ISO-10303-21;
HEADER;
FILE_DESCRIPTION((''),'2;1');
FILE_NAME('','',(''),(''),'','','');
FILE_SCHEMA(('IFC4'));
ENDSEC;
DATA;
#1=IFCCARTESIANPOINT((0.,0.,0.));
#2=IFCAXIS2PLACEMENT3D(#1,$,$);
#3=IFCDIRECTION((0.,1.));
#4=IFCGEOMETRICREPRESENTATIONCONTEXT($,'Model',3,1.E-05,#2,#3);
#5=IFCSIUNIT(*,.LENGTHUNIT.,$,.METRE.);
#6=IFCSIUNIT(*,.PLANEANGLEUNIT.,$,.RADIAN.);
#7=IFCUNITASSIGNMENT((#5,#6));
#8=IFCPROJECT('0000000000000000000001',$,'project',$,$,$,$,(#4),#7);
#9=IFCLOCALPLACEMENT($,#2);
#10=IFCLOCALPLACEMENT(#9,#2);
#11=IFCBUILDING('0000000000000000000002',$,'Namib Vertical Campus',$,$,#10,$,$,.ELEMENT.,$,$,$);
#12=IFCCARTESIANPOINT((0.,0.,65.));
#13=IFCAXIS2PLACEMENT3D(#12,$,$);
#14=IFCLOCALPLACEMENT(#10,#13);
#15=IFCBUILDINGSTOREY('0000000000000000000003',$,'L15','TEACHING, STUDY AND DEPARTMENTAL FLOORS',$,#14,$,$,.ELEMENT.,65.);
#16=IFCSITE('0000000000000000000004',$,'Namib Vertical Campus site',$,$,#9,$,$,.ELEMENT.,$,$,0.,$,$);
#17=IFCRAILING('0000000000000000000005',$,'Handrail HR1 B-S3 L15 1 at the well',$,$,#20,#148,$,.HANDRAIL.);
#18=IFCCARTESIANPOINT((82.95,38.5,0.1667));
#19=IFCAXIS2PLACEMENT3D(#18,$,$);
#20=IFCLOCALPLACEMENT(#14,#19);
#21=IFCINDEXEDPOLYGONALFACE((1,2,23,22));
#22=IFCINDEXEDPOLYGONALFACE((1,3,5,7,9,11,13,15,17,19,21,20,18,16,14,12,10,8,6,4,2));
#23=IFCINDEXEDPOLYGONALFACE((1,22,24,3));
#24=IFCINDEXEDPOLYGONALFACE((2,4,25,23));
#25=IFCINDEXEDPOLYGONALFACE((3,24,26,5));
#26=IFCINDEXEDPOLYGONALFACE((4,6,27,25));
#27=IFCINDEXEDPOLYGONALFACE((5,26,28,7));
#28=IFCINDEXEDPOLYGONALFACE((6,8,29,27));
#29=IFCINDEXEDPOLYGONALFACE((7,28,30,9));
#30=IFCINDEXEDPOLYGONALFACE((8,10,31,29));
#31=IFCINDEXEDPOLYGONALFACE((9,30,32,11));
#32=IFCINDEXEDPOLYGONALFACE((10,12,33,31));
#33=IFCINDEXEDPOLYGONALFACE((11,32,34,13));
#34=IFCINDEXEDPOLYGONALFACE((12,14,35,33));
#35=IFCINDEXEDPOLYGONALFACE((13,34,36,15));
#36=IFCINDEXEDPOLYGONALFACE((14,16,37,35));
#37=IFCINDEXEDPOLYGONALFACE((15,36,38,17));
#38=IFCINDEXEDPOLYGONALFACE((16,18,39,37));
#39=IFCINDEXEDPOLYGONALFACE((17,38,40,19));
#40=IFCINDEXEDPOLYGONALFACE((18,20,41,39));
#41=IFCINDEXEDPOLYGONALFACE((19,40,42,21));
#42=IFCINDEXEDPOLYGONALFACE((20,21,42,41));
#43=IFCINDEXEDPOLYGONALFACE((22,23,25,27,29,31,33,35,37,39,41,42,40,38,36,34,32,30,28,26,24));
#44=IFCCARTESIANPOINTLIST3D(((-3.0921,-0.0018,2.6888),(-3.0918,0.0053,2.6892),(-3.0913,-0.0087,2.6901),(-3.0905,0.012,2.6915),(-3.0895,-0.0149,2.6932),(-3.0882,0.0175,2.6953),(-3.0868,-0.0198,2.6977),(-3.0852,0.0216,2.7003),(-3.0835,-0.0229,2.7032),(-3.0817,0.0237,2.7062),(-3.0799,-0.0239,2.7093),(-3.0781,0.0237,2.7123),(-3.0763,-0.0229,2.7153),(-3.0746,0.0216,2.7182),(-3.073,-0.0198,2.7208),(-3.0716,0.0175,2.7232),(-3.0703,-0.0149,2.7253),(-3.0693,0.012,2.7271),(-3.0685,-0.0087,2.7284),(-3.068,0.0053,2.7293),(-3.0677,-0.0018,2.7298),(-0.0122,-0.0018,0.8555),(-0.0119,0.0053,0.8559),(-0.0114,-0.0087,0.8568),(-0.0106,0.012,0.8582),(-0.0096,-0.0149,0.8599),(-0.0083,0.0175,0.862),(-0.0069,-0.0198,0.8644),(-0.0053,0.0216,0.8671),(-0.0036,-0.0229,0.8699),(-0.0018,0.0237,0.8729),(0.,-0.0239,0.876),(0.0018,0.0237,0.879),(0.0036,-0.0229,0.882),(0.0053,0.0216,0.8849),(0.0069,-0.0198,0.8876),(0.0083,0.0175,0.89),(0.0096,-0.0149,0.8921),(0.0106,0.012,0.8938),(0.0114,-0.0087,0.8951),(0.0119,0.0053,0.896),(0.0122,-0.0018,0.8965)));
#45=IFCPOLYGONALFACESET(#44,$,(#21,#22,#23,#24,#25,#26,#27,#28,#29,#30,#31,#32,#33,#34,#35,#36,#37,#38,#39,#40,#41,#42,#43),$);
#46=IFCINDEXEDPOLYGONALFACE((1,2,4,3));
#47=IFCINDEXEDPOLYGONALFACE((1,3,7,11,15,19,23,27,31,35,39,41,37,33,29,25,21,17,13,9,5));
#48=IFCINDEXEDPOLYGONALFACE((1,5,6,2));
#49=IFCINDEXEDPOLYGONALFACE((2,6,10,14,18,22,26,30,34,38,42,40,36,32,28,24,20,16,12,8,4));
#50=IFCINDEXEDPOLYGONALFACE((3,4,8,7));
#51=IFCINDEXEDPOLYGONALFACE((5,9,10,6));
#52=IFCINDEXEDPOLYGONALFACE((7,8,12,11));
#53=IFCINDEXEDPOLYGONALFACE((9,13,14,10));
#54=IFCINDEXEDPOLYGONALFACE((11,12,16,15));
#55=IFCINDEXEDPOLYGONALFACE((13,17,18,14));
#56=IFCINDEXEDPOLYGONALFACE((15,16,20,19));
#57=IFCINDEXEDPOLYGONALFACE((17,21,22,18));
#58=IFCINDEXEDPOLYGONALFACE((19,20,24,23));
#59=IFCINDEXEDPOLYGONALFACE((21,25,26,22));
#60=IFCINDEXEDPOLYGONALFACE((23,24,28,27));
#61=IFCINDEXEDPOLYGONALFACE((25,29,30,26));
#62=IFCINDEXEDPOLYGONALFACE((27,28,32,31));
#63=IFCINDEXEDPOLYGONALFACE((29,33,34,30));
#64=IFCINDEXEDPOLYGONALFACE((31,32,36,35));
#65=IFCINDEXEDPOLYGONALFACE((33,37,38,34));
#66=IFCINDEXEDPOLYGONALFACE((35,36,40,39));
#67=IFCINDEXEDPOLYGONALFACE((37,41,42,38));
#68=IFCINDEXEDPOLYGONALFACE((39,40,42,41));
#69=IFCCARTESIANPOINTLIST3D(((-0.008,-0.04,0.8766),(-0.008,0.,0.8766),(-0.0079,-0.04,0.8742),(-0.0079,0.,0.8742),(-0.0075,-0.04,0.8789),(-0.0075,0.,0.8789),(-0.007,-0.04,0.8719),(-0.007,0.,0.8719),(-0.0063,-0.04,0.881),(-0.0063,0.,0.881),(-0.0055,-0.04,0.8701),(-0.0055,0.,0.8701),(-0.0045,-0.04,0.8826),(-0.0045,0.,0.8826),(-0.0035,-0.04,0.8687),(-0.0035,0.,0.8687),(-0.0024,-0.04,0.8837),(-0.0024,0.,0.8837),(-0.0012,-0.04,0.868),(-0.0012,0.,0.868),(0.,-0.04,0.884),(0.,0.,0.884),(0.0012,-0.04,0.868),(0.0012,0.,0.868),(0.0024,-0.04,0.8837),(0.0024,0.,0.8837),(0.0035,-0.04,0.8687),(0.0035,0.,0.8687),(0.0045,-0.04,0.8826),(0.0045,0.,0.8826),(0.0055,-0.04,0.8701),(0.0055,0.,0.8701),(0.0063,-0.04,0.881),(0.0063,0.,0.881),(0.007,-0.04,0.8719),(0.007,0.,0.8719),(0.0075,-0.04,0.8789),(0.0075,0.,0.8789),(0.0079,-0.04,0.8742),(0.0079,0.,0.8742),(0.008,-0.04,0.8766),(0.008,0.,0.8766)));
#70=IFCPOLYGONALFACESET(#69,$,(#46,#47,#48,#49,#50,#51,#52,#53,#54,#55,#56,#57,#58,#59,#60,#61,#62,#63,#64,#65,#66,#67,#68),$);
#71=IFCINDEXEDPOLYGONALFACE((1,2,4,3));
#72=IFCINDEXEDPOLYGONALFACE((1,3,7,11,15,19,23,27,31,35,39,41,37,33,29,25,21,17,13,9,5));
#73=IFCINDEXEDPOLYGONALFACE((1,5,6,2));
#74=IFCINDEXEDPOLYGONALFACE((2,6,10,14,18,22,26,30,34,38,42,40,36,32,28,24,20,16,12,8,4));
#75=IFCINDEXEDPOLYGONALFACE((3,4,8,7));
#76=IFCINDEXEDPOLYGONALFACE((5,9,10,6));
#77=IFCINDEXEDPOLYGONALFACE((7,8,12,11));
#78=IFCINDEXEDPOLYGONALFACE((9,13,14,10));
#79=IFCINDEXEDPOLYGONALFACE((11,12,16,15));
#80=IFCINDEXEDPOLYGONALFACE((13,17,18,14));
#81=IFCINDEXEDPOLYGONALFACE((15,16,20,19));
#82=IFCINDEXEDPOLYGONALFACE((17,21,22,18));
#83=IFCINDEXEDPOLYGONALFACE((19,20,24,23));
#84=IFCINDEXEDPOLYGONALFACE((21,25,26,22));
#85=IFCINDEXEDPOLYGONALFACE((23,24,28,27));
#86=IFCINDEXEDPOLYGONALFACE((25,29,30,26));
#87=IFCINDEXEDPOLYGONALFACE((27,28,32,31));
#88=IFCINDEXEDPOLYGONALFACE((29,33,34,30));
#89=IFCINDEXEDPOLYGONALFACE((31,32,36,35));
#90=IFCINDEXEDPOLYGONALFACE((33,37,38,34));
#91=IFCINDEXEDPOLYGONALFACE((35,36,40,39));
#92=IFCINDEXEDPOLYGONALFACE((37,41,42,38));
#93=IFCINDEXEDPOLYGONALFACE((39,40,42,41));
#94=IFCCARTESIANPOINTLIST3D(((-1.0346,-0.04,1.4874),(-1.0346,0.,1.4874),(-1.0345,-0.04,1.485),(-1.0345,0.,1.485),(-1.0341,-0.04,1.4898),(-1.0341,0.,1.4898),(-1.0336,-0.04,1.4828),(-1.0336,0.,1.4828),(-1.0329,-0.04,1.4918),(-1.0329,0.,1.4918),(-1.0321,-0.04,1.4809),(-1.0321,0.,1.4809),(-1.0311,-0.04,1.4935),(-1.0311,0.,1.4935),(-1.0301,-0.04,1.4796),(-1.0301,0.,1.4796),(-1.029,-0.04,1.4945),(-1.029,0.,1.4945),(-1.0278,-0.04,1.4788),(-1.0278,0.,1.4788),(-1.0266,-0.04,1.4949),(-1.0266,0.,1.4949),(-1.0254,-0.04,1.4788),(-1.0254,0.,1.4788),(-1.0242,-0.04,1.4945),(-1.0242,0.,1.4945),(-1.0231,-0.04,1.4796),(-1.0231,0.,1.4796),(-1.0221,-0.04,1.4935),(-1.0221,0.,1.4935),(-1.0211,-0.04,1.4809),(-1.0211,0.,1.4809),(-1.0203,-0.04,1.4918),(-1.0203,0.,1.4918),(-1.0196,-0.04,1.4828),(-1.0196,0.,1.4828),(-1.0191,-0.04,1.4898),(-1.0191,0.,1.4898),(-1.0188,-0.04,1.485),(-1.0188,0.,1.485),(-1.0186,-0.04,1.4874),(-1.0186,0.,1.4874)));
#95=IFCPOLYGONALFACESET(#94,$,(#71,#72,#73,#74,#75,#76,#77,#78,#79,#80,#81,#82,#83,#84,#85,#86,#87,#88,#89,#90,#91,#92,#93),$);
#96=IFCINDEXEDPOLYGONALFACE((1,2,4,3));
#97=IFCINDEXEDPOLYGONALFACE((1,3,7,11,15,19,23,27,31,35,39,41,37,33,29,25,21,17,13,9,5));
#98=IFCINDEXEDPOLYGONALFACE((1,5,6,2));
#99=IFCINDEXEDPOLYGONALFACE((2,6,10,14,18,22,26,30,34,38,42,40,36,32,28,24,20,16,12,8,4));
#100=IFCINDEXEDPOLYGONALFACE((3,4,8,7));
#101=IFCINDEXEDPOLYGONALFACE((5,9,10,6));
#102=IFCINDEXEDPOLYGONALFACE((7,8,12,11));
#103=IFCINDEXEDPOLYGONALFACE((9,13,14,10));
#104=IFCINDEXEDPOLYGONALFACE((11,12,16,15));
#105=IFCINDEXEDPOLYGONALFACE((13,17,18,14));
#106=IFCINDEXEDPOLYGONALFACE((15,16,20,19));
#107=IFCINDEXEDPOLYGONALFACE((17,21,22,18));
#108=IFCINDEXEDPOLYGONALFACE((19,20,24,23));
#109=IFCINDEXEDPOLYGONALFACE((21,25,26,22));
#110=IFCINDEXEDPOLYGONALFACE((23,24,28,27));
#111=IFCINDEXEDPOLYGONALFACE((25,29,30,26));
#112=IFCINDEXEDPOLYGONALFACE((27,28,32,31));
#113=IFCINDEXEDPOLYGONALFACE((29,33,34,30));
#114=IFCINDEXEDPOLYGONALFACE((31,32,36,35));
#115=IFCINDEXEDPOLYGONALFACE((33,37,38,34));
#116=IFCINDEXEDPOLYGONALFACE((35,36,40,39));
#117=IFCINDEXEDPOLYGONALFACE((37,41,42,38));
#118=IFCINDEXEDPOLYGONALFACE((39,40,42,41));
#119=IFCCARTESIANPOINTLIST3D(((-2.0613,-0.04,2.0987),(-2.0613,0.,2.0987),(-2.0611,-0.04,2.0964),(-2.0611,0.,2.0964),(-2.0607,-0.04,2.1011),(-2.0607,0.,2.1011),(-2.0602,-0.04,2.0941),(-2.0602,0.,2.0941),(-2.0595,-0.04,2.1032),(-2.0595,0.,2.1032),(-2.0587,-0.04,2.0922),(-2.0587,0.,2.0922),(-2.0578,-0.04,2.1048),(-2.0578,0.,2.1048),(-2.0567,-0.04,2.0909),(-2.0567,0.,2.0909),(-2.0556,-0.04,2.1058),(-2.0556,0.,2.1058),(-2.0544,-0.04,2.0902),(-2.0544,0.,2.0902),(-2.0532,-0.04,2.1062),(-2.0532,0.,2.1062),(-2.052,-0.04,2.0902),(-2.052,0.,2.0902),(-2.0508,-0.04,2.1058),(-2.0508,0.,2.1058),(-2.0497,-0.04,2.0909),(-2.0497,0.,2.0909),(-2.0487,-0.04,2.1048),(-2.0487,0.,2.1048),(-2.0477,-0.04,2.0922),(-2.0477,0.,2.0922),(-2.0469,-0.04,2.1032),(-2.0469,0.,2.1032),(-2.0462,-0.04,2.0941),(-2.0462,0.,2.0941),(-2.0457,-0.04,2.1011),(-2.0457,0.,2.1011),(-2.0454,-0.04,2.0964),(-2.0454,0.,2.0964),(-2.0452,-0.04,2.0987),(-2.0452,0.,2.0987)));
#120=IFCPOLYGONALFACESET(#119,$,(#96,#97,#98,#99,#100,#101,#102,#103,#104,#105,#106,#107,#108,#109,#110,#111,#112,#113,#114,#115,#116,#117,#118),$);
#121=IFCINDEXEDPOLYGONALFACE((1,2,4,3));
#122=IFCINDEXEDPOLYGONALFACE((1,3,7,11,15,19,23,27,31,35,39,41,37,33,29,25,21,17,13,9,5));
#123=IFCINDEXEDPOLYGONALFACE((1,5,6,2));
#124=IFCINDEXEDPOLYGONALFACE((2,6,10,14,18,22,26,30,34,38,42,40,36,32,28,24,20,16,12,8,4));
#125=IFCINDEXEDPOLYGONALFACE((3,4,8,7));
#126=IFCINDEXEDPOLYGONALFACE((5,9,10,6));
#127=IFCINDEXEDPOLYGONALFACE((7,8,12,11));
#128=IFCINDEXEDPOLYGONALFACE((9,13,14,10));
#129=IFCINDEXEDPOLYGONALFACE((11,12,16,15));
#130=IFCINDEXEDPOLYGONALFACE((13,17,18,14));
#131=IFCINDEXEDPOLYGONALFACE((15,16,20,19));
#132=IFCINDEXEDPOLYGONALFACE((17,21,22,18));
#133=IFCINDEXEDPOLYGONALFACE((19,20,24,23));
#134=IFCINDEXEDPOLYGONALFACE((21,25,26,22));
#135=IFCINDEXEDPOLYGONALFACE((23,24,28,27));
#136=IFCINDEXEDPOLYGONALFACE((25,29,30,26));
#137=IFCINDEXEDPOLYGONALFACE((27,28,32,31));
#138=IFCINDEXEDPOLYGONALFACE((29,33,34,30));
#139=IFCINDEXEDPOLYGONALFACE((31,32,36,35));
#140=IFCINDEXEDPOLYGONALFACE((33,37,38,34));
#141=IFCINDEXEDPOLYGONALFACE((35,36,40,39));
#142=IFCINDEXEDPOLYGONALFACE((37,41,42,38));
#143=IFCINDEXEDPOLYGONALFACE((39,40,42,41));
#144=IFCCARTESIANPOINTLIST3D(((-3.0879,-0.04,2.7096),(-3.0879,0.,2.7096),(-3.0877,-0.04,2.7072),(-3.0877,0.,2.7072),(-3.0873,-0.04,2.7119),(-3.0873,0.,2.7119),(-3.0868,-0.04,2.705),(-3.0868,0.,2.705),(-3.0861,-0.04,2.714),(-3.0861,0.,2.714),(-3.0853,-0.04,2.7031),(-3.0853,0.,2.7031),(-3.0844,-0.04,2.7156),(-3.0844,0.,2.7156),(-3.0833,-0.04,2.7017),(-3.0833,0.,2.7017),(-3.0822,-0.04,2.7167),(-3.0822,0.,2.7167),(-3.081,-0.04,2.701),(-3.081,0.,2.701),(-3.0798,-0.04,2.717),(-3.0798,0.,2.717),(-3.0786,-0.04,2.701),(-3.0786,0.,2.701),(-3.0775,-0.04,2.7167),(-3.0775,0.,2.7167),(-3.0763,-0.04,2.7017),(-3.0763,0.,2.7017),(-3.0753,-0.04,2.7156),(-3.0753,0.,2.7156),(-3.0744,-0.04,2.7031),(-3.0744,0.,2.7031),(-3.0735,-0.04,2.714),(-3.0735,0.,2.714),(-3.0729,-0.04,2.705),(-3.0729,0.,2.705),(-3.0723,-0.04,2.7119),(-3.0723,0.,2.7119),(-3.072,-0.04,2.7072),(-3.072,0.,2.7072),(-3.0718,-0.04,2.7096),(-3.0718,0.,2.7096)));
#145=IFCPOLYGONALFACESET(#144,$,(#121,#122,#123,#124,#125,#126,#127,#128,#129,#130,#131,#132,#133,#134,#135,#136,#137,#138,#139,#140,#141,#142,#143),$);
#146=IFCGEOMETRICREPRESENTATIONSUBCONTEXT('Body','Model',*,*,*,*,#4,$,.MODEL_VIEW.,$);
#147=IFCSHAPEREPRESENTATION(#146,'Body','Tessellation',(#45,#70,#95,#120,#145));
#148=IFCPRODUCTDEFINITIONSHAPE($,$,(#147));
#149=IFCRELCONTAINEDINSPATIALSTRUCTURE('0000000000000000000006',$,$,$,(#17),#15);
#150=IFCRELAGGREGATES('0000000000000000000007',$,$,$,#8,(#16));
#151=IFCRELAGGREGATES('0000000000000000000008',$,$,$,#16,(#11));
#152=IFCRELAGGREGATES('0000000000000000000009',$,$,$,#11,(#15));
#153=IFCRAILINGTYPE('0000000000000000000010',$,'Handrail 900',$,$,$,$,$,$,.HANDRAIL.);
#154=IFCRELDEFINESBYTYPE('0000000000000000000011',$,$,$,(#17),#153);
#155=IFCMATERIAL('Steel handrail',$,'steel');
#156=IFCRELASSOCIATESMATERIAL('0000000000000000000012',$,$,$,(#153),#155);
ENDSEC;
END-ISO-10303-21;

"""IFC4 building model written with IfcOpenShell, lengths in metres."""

from ifc_helpers import new_model, si_unit, direction, frame, origin, origin_2d, place, context, subcontext, project, spatial, circle, extrude, material, type_object, element, save


model = new_model("IFC4")

# Units and contexts
model_context = context("Model", 3, precision=1e-05, world=origin(), true_north=direction((0.0, 1.0)))
body_context = subcontext(model_context, "Body", "Model", "MODEL_VIEW")
ifc_project = project(units=[si_unit("LENGTHUNIT", "METRE"), si_unit("PLANEANGLEUNIT", "RADIAN")], contexts=[model_context])

# Site, building, storey
site_placement = place(None, origin())
site = spatial("IfcSite", under=ifc_project, at=site_placement, Name="Namib Vertical Campus site", CompositionType="ELEMENT", RefElevation=0.0)
building_placement = place(site_placement, origin())
building = spatial("IfcBuilding", under=site, at=building_placement, Name="Namib Vertical Campus", CompositionType="ELEMENT")
storey_placement = place(building_placement, frame((0.0, 0.0, 65.0)))
storey = spatial("IfcBuildingStorey", under=building, at=storey_placement, Name="L15", Description="TEACHING, STUDY AND DEPARTMENTAL FLOORS", CompositionType="ELEMENT", Elevation=65.0)

# Railing
ifc_material_1 = material(Name="Steel handrail", Category="steel")
railing_type_1 = type_object("IfcRailingType", Name="Handrail 900", PredefinedType="HANDRAIL", material=ifc_material_1)
railing_1_placement = place(storey_placement, frame((82.95, 38.5, 0.1667)))
element("IfcRailing", 1, at=railing_1_placement, inside=storey, type_object=railing_type_1, Name="Handrail HR1 B-S3 L15 1 at the well", PredefinedType="HANDRAIL", context=body_context, shape_type="SweptSolid", body=[
    extrude(circle(Radius=0.0239, at=origin_2d()), frame((0.0, 0.0, 0.876), z_axis=(-0.859291, 0.0, 0.511487), x_axis=(0.0, -1.0, 0.0)), (0.0, 0.0, 1.0), 3.5842),
    extrude(circle(Radius=0.0081, at=origin_2d()), frame((0.0, 0.0, 0.876), z_axis=(0.0, -1.0, 0.0), x_axis=(0.0, 0.0, 1.0)), (0.0, 0.0, 1.0), 0.04),
    extrude(circle(Radius=0.0081, at=origin_2d()), frame((-1.0266, 0.0, 1.4868), z_axis=(0.0, -1.0, 0.0), x_axis=(0.0, 0.0, 1.0)), (0.0, 0.0, 1.0), 0.04),
    extrude(circle(Radius=0.0081, at=origin_2d()), frame((-2.0532, 0.0, 2.0981), z_axis=(0.0, -1.0, 0.0), x_axis=(0.0, 0.0, 1.0)), (0.0, 0.0, 1.0), 0.04),
    extrude(circle(Radius=0.0081, at=origin_2d()), frame((-3.0798, 0.0, 2.709), z_axis=(0.0, -1.0, 0.0), x_axis=(0.0, 0.0, 1.0)), (0.0, 0.0, 1.0), 0.04),
])

save(model, "model.ifc")
